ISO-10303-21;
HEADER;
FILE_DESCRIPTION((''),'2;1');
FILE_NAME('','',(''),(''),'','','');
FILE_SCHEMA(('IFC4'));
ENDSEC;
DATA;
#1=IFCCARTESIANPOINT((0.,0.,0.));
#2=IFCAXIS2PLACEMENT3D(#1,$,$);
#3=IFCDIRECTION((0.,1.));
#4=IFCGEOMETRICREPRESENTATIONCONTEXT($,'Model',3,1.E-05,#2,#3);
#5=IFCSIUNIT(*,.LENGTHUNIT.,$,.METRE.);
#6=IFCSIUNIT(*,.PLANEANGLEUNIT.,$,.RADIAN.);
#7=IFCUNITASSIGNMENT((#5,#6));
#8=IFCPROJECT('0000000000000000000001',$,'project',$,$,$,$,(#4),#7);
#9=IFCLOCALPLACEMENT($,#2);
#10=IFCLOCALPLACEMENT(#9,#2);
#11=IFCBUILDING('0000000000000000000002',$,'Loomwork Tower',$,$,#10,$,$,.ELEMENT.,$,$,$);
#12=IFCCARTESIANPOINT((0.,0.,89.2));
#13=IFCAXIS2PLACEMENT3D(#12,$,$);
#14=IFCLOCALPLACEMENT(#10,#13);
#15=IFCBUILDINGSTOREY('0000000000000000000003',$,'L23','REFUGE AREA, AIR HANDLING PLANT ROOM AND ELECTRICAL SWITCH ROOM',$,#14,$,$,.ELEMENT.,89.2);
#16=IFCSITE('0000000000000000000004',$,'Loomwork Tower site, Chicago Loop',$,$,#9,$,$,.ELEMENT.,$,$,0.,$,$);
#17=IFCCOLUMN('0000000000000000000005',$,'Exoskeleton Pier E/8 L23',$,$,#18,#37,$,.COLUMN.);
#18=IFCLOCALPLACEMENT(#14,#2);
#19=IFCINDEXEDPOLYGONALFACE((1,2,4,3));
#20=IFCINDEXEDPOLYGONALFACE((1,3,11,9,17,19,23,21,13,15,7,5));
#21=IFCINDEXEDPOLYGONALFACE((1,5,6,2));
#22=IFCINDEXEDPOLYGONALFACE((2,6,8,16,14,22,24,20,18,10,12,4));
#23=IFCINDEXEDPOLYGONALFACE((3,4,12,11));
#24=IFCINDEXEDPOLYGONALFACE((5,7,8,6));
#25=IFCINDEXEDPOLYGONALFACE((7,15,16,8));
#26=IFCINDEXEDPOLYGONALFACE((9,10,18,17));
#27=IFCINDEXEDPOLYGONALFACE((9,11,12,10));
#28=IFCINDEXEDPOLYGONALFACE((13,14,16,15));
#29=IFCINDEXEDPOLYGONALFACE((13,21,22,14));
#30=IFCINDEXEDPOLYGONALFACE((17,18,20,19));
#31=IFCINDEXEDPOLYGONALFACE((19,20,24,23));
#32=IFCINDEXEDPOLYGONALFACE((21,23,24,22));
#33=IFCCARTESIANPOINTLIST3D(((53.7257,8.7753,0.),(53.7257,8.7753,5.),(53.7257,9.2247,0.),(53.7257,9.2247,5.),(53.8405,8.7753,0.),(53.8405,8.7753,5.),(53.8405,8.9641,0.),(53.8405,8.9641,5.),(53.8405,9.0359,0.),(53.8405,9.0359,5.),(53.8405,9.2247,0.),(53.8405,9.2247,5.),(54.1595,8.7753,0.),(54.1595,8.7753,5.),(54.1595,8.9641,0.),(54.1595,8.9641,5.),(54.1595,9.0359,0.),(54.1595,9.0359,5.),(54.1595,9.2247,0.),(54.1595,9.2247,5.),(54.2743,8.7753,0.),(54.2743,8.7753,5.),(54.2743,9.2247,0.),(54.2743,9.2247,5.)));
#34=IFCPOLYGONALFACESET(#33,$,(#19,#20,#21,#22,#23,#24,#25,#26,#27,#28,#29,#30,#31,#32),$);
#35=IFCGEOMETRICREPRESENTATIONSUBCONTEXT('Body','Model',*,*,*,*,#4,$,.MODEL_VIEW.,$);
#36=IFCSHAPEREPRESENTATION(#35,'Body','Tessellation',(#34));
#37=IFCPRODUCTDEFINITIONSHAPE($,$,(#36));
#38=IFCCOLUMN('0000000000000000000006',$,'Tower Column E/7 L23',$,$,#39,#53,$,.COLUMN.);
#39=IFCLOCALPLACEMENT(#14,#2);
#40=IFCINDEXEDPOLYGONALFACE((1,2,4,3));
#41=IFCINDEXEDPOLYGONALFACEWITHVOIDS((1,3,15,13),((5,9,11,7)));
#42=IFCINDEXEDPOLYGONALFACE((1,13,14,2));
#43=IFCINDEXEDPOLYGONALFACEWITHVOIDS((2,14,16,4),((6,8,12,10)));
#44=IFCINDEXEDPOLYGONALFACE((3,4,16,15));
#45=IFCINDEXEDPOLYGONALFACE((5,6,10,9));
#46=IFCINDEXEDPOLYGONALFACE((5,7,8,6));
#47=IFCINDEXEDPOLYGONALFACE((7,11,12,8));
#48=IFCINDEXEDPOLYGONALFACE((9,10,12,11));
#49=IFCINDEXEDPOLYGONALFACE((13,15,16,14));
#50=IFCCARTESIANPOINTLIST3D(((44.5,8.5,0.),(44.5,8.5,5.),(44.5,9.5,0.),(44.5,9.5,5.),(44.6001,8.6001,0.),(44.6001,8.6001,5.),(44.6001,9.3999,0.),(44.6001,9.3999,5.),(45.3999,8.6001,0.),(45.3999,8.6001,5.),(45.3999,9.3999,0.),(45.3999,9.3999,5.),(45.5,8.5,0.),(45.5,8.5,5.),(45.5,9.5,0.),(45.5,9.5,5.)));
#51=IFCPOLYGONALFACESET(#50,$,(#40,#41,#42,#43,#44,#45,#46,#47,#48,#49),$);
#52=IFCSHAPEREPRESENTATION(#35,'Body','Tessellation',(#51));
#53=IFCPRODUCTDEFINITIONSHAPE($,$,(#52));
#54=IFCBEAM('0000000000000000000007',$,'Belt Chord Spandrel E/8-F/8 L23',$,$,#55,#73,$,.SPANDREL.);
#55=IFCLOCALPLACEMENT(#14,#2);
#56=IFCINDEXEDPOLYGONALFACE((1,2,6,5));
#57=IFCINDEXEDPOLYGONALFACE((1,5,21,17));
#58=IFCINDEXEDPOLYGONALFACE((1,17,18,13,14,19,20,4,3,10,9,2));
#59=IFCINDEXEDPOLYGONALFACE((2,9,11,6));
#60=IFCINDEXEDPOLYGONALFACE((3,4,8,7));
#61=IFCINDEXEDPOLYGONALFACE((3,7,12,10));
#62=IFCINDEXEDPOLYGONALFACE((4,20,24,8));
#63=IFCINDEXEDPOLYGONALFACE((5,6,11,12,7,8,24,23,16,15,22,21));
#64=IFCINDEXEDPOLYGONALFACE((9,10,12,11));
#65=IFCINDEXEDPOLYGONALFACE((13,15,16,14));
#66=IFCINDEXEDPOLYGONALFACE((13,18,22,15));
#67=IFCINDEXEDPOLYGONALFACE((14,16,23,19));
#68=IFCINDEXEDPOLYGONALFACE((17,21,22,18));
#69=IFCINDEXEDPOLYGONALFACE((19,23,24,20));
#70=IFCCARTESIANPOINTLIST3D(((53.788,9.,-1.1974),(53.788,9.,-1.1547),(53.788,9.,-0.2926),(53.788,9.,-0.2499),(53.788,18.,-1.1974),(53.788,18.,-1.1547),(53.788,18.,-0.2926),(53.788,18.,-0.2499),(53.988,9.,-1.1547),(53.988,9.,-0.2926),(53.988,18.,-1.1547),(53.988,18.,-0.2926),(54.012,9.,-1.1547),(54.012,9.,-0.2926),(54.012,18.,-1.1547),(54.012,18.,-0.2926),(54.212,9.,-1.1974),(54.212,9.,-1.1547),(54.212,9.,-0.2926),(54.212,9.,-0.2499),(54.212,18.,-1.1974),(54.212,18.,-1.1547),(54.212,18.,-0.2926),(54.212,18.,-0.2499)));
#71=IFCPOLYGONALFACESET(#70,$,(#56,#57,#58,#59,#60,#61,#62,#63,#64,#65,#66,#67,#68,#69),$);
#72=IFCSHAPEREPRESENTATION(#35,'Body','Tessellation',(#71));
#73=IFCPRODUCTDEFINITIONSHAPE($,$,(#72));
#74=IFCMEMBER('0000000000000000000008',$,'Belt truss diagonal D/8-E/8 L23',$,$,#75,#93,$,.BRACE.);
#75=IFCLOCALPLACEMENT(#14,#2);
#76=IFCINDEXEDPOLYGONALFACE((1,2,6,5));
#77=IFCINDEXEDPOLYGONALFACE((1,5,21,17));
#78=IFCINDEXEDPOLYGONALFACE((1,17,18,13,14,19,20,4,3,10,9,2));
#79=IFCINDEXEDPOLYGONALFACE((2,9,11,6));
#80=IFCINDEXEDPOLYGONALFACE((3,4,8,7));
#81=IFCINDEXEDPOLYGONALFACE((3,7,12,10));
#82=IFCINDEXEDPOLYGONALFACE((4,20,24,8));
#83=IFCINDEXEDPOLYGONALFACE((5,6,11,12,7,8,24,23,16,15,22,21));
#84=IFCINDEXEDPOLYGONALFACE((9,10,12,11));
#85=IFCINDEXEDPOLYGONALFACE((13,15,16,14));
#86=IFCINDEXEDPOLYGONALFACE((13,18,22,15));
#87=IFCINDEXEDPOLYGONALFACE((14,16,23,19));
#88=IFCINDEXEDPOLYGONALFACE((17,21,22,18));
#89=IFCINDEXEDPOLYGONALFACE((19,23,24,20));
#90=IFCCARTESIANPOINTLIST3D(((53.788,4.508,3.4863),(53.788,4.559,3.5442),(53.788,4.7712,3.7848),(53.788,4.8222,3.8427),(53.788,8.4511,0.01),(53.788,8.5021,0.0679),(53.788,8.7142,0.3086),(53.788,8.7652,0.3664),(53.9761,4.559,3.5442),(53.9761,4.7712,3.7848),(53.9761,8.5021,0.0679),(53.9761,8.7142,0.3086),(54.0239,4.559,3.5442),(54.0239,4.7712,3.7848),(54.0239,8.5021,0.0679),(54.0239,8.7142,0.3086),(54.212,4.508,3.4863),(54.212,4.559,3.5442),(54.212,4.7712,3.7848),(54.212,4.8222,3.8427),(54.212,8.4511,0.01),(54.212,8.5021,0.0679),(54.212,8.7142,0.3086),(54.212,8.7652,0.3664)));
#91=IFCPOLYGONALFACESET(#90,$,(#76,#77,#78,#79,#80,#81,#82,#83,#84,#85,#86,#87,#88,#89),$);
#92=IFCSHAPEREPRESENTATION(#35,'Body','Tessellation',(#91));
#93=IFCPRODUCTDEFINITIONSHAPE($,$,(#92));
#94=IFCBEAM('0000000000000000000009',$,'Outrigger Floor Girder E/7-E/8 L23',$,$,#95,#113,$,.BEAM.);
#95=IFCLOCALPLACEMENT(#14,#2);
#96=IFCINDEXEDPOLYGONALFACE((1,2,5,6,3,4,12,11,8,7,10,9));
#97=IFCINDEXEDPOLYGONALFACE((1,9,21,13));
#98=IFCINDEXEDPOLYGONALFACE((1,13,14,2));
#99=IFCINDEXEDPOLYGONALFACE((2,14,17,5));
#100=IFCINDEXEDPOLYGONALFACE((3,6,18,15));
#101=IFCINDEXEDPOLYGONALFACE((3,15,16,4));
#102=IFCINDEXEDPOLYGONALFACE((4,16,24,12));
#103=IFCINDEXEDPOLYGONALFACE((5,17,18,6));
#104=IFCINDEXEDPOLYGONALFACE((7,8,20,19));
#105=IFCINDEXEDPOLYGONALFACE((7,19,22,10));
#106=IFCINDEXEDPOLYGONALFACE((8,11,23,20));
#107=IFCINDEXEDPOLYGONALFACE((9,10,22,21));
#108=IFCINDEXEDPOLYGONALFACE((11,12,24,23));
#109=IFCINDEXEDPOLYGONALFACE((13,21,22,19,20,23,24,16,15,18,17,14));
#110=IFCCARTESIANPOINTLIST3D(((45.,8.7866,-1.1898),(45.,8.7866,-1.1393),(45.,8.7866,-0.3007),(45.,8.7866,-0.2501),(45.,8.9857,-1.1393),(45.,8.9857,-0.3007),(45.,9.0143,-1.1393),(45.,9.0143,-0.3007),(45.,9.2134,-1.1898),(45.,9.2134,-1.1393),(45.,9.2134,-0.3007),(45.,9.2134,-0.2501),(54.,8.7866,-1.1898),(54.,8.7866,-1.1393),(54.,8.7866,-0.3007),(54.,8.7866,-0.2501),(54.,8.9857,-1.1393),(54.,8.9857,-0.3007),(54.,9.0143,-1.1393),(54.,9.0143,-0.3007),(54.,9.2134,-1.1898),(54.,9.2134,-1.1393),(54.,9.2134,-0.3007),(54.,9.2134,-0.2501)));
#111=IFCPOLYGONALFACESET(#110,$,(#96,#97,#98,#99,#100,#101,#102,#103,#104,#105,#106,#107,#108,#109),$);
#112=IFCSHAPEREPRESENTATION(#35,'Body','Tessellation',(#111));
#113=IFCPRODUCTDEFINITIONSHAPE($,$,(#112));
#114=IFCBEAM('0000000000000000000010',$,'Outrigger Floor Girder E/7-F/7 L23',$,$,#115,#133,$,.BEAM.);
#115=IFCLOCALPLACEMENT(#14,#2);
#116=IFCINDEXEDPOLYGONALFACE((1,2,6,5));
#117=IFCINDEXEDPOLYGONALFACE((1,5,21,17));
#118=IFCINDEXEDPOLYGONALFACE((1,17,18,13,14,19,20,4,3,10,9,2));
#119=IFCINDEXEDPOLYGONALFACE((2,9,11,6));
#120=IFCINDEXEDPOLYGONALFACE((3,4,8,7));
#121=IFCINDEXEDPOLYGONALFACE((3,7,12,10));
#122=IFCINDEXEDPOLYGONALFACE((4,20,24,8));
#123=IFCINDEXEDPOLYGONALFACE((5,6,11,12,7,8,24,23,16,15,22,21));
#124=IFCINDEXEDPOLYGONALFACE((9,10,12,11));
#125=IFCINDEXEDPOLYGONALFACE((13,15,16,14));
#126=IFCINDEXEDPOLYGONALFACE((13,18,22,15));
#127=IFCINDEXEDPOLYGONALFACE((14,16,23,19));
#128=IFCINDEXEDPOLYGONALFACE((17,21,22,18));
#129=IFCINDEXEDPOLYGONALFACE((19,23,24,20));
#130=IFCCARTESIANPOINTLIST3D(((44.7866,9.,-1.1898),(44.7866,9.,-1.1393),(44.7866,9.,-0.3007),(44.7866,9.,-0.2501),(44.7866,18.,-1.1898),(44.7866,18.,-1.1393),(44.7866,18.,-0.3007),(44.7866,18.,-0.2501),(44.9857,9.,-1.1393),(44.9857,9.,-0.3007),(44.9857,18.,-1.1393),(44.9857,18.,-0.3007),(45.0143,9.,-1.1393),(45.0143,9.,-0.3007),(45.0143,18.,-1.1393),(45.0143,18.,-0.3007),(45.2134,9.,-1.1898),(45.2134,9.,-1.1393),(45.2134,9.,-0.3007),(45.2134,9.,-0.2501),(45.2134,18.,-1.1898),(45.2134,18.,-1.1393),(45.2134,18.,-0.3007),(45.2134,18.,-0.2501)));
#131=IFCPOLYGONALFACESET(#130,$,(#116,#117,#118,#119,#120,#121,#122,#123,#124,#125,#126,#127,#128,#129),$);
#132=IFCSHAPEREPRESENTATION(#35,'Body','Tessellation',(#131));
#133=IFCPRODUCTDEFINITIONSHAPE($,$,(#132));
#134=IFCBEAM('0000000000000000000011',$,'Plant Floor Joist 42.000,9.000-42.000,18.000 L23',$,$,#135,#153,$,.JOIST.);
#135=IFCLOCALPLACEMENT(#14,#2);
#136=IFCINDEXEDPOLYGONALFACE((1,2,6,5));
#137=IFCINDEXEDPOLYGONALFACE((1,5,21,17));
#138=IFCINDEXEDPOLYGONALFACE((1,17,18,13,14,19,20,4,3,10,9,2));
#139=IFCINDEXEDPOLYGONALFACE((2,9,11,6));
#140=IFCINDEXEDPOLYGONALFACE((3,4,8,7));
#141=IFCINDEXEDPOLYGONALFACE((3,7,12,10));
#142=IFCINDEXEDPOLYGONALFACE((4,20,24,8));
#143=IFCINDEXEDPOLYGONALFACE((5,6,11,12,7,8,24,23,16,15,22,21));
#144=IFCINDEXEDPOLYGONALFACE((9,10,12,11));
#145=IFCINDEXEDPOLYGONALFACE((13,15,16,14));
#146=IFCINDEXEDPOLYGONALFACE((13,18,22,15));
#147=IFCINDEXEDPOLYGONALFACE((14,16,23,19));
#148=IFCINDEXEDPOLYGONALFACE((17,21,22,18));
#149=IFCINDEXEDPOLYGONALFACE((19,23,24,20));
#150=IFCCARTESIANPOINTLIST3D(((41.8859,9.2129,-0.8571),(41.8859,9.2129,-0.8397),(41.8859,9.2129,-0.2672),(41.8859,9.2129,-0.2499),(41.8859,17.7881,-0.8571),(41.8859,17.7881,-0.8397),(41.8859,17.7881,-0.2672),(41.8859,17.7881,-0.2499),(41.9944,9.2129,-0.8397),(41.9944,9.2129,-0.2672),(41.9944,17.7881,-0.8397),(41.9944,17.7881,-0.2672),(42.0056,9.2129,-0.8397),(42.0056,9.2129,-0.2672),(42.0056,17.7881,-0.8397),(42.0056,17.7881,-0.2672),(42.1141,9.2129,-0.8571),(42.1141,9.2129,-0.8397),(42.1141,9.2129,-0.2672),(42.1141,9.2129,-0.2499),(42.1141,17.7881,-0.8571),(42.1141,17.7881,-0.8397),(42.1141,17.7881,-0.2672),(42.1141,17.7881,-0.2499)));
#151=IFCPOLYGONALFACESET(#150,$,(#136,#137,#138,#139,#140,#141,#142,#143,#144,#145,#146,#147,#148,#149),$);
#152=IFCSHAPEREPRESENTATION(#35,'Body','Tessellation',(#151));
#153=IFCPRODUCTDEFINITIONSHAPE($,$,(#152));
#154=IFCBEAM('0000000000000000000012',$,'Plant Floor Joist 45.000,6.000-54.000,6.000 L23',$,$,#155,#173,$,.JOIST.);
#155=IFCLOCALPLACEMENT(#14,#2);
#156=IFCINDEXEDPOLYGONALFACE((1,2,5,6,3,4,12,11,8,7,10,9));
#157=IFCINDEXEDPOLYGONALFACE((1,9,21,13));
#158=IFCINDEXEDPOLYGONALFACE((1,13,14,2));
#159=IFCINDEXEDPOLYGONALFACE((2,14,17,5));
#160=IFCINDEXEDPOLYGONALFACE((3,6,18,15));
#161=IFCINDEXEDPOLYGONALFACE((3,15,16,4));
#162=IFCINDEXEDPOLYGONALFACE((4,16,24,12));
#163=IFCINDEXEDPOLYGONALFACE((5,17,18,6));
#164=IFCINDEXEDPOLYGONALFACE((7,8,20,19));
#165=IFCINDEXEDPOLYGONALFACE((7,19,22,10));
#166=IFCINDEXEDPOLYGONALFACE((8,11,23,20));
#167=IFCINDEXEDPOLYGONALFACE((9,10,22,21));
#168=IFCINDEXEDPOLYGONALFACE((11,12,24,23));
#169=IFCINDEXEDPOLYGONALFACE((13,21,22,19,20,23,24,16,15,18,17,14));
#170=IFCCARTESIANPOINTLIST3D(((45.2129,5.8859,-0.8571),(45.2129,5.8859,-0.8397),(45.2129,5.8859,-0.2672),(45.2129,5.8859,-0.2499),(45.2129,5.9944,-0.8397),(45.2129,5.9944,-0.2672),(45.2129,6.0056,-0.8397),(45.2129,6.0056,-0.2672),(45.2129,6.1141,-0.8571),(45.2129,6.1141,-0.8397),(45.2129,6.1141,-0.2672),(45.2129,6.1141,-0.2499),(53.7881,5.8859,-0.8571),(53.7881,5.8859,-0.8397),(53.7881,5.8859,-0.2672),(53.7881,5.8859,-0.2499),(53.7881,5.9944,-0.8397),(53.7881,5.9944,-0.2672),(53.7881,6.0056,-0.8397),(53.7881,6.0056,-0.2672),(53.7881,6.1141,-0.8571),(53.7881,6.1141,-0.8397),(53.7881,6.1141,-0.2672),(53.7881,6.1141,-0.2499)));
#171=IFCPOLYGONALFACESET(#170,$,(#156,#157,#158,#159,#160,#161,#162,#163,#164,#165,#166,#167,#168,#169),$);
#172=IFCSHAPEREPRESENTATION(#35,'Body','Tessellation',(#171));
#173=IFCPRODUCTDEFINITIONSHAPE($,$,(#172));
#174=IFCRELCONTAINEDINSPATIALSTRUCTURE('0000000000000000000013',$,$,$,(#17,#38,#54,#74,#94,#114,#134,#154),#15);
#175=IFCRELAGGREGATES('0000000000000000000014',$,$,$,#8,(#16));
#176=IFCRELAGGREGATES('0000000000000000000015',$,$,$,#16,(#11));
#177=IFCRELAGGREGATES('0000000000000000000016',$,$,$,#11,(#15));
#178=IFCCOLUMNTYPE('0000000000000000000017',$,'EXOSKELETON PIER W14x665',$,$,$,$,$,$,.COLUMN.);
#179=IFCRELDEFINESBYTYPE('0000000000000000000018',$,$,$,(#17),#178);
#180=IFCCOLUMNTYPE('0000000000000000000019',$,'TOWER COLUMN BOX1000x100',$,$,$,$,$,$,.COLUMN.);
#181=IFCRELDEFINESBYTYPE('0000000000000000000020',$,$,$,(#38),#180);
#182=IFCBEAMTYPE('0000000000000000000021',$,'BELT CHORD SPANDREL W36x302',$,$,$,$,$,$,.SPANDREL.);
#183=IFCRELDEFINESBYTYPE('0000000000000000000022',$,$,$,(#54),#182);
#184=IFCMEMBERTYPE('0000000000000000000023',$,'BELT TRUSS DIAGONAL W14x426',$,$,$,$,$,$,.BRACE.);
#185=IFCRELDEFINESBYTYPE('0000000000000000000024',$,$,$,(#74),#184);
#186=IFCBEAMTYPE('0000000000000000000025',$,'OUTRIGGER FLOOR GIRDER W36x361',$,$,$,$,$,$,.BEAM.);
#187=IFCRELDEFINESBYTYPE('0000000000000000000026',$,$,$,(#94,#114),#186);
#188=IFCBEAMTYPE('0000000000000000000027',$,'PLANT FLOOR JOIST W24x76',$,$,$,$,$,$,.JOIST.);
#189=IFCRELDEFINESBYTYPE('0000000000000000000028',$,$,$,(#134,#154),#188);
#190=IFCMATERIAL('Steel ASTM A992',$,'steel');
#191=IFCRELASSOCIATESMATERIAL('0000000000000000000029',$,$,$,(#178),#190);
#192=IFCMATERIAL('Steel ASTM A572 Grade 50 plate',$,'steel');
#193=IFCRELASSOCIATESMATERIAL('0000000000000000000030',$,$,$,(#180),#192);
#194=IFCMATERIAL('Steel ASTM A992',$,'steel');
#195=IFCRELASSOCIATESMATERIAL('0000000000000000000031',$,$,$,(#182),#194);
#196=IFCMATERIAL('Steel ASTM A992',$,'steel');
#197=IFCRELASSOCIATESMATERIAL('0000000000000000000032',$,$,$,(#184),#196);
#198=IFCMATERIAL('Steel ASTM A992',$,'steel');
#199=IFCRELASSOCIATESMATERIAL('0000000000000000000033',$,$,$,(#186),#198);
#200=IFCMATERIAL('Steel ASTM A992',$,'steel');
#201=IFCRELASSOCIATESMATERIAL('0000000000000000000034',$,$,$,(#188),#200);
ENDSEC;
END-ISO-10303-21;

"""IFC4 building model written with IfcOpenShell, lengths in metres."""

from ifc_helpers import new_model, si_unit, direction, frame, origin, origin_2d, place, context, subcontext, project, spatial, hollow_rectangle, i_section, extrude, material, material_profile, profile_set, type_object, element, save


model = new_model("IFC4")

# Units and contexts
model_context = context("Model", 3, precision=1e-05, world=origin(), true_north=direction((0.0, 1.0)))
body_context = subcontext(model_context, "Body", "Model", "MODEL_VIEW")
ifc_project = project(units=[si_unit("LENGTHUNIT", "METRE"), si_unit("PLANEANGLEUNIT", "RADIAN")], contexts=[model_context])

# Site, building, storey
site_placement = place(None, origin())
site = spatial("IfcSite", under=ifc_project, at=site_placement, Name="Loomwork Tower site, Chicago Loop", CompositionType="ELEMENT", RefElevation=0.0)
building_placement = place(site_placement, origin())
building = spatial("IfcBuilding", under=site, at=building_placement, Name="Loomwork Tower", CompositionType="ELEMENT")
storey_placement = place(building_placement, frame((0.0, 0.0, 89.2)))
storey = spatial("IfcBuildingStorey", under=building, at=storey_placement, Name="L23", Description="REFUGE AREA, AIR HANDLING PLANT ROOM AND ELECTRICAL SWITCH ROOM", CompositionType="ELEMENT", Elevation=89.2)

# Columns
ifc_material_1 = material(Name="Steel ASTM A992", Category="steel")
ifc_material_profile_1 = material_profile(ifc_material_1, i_section(OverallWidth=0.4495, OverallDepth=0.5486, WebThickness=0.0718, FlangeThickness=0.1147, at=origin_2d()), Name="W14x665")
ifc_profile_set_1 = profile_set([ifc_material_profile_1], Name="Steel ASTM A992")
column_type_1 = type_object("IfcColumnType", Name="EXOSKELETON PIER W14x665", PredefinedType="COLUMN", material=ifc_profile_set_1)
column_1_placement = place(storey_placement, frame((54.0, 9.0, 0.0), z_axis=(0.0, 0.0, 1.0), x_axis=(0.0, 1.0, 0.0)))
element("IfcColumn", 1, at=column_1_placement, inside=storey, type_object=column_type_1, Name="Exoskeleton Pier E/8 L23", PredefinedType="COLUMN", context=body_context, shape_type="SweptSolid", body=[
    extrude(i_section(OverallWidth=0.4495, OverallDepth=0.5486, WebThickness=0.0718, FlangeThickness=0.1147, at=origin_2d()), origin(), (0.0, 0.0, 1.0), 5.0),
])
ifc_material_2 = material(Name="Steel ASTM A572 Grade 50 plate", Category="steel")
ifc_material_profile_2 = material_profile(ifc_material_2, hollow_rectangle(XDim=1.0, YDim=1.0, WallThickness=0.1001, at=origin_2d()), Name="BOX1000x100")
ifc_profile_set_2 = profile_set([ifc_material_profile_2], Name="Steel ASTM A572 Grade 50 plate")
column_type_2 = type_object("IfcColumnType", Name="TOWER COLUMN BOX1000x100", PredefinedType="COLUMN", material=ifc_profile_set_2)
column_2_placement = place(storey_placement, frame((45.0, 9.0, 0.0), z_axis=(0.0, 0.0, 1.0), x_axis=(0.0, 1.0, 0.0)))
element("IfcColumn", 2, at=column_2_placement, inside=storey, type_object=column_type_2, Name="Tower Column E/7 L23", PredefinedType="COLUMN", context=body_context, shape_type="SweptSolid", body=[
    extrude(hollow_rectangle(XDim=1.0, YDim=1.0, WallThickness=0.1001, at=origin_2d()), origin(), (0.0, 0.0, 1.0), 5.0),
])

# Beam
ifc_material_3 = material(Name="Steel ASTM A992", Category="steel")
ifc_material_profile_3 = material_profile(ifc_material_3, i_section(OverallWidth=0.4241, OverallDepth=0.9475, WebThickness=0.0239, FlangeThickness=0.0427, at=origin_2d()), Name="W36x302")
ifc_profile_set_3 = profile_set([ifc_material_profile_3], Name="Steel ASTM A992")
beam_type_1 = type_object("IfcBeamType", Name="BELT CHORD SPANDREL W36x302", PredefinedType="SPANDREL", material=ifc_profile_set_3)
beam_placement = place(storey_placement, frame((54.0, 9.0, -0.7236), z_axis=(0.0, 1.0, 0.0), x_axis=(-1.0, 0.0, 0.0)))
element("IfcBeam", 3, at=beam_placement, inside=storey, type_object=beam_type_1, Name="Belt Chord Spandrel E/8-F/8 L23", PredefinedType="SPANDREL", context=body_context, shape_type="SweptSolid", body=[
    extrude(i_section(OverallWidth=0.4241, OverallDepth=0.9475, WebThickness=0.0239, FlangeThickness=0.0427, at=origin_2d()), origin(), (0.0, 0.0, 1.0), 9.0),
])

# Member
ifc_material_4 = material(Name="Steel ASTM A992", Category="steel")
ifc_material_profile_4 = material_profile(ifc_material_4, i_section(OverallWidth=0.4241, OverallDepth=0.4751, WebThickness=0.0479, FlangeThickness=0.0771, at=origin_2d()), Name="W14x426")
ifc_profile_set_4 = profile_set([ifc_material_profile_4], Name="Steel ASTM A992")
member_type_1 = type_object("IfcMemberType", Name="BELT TRUSS DIAGONAL W14x426", PredefinedType="BRACE", material=ifc_profile_set_4)
member_1_placement = place(storey_placement, frame((54.0, 8.6082, 0.1882), z_axis=(0.0, -0.750112, 0.661311), x_axis=(1.0, 0.0, 0.0)))
element("IfcMember", 4, at=member_1_placement, inside=storey, type_object=member_type_1, Name="Belt truss diagonal D/8-E/8 L23", PredefinedType="BRACE", context=body_context, shape_type="SweptSolid", body=[
    extrude(i_section(OverallWidth=0.4241, OverallDepth=0.4751, WebThickness=0.0479, FlangeThickness=0.0771, at=origin_2d()), origin(), (0.0, 0.0, 1.0), 5.2566),
])

# Beams
ifc_material_5 = material(Name="Steel ASTM A992", Category="steel")
ifc_material_profile_5 = material_profile(ifc_material_5, i_section(OverallWidth=0.4268, OverallDepth=0.9397, WebThickness=0.0286, FlangeThickness=0.0505, at=origin_2d()), Name="W36x361")
ifc_profile_set_5 = profile_set([ifc_material_profile_5], Name="Steel ASTM A992")
beam_type_2 = type_object("IfcBeamType", Name="OUTRIGGER FLOOR GIRDER W36x361", PredefinedType="BEAM", material=ifc_profile_set_5)
for number, where, z_axis, x_axis, name in (
    (5, (45.0, 9.0, -0.72), (1.0, 0.0, 0.0), (0.0, 1.0, 0.0), "Outrigger Floor Girder E/7-E/8 L23"),
    (6, (45.0, 9.0, -0.72), (0.0, 1.0, 0.0), (-1.0, 0.0, 0.0), "Outrigger Floor Girder E/7-F/7 L23"),
):
    element("IfcBeam", number, at=place(storey_placement, frame(where, z_axis=z_axis, x_axis=x_axis)), inside=storey, type_object=beam_type_2, Name=name, PredefinedType="BEAM", context=body_context, shape_type="SweptSolid", body=[
        extrude(i_section(OverallWidth=0.4268, OverallDepth=0.9397, WebThickness=0.0286, FlangeThickness=0.0505, at=origin_2d()), origin(), (0.0, 0.0, 1.0), 9.0),
    ])
ifc_material_6 = material(Name="Steel ASTM A992", Category="steel")
ifc_material_profile_6 = material_profile(ifc_material_6, i_section(OverallWidth=0.2283, OverallDepth=0.6072, WebThickness=0.0112, FlangeThickness=0.0173, at=origin_2d()), Name="W24x76")
ifc_profile_set_6 = profile_set([ifc_material_profile_6], Name="Steel ASTM A992")
beam_type_3 = type_object("IfcBeamType", Name="PLANT FLOOR JOIST W24x76", PredefinedType="JOIST", material=ifc_profile_set_6)
for number, where, z_axis, x_axis, name in (
    (7, (42.0, 9.2129, -0.5535), (0.0, 1.0, 0.0), (-1.0, 0.0, 0.0), "Plant Floor Joist 42.000,9.000-42.000,18.000 L23"),
    (8, (45.2129, 6.0, -0.5535), (1.0, 0.0, 0.0), (0.0, 1.0, 0.0), "Plant Floor Joist 45.000,6.000-54.000,6.000 L23"),
):
    element("IfcBeam", number, at=place(storey_placement, frame(where, z_axis=z_axis, x_axis=x_axis)), inside=storey, type_object=beam_type_3, Name=name, PredefinedType="JOIST", context=body_context, shape_type="SweptSolid", body=[
        extrude(i_section(OverallWidth=0.2283, OverallDepth=0.6072, WebThickness=0.0112, FlangeThickness=0.0173, at=origin_2d()), origin(), (0.0, 0.0, 1.0), 8.5752),
    ])

save(model, "model.ifc")
